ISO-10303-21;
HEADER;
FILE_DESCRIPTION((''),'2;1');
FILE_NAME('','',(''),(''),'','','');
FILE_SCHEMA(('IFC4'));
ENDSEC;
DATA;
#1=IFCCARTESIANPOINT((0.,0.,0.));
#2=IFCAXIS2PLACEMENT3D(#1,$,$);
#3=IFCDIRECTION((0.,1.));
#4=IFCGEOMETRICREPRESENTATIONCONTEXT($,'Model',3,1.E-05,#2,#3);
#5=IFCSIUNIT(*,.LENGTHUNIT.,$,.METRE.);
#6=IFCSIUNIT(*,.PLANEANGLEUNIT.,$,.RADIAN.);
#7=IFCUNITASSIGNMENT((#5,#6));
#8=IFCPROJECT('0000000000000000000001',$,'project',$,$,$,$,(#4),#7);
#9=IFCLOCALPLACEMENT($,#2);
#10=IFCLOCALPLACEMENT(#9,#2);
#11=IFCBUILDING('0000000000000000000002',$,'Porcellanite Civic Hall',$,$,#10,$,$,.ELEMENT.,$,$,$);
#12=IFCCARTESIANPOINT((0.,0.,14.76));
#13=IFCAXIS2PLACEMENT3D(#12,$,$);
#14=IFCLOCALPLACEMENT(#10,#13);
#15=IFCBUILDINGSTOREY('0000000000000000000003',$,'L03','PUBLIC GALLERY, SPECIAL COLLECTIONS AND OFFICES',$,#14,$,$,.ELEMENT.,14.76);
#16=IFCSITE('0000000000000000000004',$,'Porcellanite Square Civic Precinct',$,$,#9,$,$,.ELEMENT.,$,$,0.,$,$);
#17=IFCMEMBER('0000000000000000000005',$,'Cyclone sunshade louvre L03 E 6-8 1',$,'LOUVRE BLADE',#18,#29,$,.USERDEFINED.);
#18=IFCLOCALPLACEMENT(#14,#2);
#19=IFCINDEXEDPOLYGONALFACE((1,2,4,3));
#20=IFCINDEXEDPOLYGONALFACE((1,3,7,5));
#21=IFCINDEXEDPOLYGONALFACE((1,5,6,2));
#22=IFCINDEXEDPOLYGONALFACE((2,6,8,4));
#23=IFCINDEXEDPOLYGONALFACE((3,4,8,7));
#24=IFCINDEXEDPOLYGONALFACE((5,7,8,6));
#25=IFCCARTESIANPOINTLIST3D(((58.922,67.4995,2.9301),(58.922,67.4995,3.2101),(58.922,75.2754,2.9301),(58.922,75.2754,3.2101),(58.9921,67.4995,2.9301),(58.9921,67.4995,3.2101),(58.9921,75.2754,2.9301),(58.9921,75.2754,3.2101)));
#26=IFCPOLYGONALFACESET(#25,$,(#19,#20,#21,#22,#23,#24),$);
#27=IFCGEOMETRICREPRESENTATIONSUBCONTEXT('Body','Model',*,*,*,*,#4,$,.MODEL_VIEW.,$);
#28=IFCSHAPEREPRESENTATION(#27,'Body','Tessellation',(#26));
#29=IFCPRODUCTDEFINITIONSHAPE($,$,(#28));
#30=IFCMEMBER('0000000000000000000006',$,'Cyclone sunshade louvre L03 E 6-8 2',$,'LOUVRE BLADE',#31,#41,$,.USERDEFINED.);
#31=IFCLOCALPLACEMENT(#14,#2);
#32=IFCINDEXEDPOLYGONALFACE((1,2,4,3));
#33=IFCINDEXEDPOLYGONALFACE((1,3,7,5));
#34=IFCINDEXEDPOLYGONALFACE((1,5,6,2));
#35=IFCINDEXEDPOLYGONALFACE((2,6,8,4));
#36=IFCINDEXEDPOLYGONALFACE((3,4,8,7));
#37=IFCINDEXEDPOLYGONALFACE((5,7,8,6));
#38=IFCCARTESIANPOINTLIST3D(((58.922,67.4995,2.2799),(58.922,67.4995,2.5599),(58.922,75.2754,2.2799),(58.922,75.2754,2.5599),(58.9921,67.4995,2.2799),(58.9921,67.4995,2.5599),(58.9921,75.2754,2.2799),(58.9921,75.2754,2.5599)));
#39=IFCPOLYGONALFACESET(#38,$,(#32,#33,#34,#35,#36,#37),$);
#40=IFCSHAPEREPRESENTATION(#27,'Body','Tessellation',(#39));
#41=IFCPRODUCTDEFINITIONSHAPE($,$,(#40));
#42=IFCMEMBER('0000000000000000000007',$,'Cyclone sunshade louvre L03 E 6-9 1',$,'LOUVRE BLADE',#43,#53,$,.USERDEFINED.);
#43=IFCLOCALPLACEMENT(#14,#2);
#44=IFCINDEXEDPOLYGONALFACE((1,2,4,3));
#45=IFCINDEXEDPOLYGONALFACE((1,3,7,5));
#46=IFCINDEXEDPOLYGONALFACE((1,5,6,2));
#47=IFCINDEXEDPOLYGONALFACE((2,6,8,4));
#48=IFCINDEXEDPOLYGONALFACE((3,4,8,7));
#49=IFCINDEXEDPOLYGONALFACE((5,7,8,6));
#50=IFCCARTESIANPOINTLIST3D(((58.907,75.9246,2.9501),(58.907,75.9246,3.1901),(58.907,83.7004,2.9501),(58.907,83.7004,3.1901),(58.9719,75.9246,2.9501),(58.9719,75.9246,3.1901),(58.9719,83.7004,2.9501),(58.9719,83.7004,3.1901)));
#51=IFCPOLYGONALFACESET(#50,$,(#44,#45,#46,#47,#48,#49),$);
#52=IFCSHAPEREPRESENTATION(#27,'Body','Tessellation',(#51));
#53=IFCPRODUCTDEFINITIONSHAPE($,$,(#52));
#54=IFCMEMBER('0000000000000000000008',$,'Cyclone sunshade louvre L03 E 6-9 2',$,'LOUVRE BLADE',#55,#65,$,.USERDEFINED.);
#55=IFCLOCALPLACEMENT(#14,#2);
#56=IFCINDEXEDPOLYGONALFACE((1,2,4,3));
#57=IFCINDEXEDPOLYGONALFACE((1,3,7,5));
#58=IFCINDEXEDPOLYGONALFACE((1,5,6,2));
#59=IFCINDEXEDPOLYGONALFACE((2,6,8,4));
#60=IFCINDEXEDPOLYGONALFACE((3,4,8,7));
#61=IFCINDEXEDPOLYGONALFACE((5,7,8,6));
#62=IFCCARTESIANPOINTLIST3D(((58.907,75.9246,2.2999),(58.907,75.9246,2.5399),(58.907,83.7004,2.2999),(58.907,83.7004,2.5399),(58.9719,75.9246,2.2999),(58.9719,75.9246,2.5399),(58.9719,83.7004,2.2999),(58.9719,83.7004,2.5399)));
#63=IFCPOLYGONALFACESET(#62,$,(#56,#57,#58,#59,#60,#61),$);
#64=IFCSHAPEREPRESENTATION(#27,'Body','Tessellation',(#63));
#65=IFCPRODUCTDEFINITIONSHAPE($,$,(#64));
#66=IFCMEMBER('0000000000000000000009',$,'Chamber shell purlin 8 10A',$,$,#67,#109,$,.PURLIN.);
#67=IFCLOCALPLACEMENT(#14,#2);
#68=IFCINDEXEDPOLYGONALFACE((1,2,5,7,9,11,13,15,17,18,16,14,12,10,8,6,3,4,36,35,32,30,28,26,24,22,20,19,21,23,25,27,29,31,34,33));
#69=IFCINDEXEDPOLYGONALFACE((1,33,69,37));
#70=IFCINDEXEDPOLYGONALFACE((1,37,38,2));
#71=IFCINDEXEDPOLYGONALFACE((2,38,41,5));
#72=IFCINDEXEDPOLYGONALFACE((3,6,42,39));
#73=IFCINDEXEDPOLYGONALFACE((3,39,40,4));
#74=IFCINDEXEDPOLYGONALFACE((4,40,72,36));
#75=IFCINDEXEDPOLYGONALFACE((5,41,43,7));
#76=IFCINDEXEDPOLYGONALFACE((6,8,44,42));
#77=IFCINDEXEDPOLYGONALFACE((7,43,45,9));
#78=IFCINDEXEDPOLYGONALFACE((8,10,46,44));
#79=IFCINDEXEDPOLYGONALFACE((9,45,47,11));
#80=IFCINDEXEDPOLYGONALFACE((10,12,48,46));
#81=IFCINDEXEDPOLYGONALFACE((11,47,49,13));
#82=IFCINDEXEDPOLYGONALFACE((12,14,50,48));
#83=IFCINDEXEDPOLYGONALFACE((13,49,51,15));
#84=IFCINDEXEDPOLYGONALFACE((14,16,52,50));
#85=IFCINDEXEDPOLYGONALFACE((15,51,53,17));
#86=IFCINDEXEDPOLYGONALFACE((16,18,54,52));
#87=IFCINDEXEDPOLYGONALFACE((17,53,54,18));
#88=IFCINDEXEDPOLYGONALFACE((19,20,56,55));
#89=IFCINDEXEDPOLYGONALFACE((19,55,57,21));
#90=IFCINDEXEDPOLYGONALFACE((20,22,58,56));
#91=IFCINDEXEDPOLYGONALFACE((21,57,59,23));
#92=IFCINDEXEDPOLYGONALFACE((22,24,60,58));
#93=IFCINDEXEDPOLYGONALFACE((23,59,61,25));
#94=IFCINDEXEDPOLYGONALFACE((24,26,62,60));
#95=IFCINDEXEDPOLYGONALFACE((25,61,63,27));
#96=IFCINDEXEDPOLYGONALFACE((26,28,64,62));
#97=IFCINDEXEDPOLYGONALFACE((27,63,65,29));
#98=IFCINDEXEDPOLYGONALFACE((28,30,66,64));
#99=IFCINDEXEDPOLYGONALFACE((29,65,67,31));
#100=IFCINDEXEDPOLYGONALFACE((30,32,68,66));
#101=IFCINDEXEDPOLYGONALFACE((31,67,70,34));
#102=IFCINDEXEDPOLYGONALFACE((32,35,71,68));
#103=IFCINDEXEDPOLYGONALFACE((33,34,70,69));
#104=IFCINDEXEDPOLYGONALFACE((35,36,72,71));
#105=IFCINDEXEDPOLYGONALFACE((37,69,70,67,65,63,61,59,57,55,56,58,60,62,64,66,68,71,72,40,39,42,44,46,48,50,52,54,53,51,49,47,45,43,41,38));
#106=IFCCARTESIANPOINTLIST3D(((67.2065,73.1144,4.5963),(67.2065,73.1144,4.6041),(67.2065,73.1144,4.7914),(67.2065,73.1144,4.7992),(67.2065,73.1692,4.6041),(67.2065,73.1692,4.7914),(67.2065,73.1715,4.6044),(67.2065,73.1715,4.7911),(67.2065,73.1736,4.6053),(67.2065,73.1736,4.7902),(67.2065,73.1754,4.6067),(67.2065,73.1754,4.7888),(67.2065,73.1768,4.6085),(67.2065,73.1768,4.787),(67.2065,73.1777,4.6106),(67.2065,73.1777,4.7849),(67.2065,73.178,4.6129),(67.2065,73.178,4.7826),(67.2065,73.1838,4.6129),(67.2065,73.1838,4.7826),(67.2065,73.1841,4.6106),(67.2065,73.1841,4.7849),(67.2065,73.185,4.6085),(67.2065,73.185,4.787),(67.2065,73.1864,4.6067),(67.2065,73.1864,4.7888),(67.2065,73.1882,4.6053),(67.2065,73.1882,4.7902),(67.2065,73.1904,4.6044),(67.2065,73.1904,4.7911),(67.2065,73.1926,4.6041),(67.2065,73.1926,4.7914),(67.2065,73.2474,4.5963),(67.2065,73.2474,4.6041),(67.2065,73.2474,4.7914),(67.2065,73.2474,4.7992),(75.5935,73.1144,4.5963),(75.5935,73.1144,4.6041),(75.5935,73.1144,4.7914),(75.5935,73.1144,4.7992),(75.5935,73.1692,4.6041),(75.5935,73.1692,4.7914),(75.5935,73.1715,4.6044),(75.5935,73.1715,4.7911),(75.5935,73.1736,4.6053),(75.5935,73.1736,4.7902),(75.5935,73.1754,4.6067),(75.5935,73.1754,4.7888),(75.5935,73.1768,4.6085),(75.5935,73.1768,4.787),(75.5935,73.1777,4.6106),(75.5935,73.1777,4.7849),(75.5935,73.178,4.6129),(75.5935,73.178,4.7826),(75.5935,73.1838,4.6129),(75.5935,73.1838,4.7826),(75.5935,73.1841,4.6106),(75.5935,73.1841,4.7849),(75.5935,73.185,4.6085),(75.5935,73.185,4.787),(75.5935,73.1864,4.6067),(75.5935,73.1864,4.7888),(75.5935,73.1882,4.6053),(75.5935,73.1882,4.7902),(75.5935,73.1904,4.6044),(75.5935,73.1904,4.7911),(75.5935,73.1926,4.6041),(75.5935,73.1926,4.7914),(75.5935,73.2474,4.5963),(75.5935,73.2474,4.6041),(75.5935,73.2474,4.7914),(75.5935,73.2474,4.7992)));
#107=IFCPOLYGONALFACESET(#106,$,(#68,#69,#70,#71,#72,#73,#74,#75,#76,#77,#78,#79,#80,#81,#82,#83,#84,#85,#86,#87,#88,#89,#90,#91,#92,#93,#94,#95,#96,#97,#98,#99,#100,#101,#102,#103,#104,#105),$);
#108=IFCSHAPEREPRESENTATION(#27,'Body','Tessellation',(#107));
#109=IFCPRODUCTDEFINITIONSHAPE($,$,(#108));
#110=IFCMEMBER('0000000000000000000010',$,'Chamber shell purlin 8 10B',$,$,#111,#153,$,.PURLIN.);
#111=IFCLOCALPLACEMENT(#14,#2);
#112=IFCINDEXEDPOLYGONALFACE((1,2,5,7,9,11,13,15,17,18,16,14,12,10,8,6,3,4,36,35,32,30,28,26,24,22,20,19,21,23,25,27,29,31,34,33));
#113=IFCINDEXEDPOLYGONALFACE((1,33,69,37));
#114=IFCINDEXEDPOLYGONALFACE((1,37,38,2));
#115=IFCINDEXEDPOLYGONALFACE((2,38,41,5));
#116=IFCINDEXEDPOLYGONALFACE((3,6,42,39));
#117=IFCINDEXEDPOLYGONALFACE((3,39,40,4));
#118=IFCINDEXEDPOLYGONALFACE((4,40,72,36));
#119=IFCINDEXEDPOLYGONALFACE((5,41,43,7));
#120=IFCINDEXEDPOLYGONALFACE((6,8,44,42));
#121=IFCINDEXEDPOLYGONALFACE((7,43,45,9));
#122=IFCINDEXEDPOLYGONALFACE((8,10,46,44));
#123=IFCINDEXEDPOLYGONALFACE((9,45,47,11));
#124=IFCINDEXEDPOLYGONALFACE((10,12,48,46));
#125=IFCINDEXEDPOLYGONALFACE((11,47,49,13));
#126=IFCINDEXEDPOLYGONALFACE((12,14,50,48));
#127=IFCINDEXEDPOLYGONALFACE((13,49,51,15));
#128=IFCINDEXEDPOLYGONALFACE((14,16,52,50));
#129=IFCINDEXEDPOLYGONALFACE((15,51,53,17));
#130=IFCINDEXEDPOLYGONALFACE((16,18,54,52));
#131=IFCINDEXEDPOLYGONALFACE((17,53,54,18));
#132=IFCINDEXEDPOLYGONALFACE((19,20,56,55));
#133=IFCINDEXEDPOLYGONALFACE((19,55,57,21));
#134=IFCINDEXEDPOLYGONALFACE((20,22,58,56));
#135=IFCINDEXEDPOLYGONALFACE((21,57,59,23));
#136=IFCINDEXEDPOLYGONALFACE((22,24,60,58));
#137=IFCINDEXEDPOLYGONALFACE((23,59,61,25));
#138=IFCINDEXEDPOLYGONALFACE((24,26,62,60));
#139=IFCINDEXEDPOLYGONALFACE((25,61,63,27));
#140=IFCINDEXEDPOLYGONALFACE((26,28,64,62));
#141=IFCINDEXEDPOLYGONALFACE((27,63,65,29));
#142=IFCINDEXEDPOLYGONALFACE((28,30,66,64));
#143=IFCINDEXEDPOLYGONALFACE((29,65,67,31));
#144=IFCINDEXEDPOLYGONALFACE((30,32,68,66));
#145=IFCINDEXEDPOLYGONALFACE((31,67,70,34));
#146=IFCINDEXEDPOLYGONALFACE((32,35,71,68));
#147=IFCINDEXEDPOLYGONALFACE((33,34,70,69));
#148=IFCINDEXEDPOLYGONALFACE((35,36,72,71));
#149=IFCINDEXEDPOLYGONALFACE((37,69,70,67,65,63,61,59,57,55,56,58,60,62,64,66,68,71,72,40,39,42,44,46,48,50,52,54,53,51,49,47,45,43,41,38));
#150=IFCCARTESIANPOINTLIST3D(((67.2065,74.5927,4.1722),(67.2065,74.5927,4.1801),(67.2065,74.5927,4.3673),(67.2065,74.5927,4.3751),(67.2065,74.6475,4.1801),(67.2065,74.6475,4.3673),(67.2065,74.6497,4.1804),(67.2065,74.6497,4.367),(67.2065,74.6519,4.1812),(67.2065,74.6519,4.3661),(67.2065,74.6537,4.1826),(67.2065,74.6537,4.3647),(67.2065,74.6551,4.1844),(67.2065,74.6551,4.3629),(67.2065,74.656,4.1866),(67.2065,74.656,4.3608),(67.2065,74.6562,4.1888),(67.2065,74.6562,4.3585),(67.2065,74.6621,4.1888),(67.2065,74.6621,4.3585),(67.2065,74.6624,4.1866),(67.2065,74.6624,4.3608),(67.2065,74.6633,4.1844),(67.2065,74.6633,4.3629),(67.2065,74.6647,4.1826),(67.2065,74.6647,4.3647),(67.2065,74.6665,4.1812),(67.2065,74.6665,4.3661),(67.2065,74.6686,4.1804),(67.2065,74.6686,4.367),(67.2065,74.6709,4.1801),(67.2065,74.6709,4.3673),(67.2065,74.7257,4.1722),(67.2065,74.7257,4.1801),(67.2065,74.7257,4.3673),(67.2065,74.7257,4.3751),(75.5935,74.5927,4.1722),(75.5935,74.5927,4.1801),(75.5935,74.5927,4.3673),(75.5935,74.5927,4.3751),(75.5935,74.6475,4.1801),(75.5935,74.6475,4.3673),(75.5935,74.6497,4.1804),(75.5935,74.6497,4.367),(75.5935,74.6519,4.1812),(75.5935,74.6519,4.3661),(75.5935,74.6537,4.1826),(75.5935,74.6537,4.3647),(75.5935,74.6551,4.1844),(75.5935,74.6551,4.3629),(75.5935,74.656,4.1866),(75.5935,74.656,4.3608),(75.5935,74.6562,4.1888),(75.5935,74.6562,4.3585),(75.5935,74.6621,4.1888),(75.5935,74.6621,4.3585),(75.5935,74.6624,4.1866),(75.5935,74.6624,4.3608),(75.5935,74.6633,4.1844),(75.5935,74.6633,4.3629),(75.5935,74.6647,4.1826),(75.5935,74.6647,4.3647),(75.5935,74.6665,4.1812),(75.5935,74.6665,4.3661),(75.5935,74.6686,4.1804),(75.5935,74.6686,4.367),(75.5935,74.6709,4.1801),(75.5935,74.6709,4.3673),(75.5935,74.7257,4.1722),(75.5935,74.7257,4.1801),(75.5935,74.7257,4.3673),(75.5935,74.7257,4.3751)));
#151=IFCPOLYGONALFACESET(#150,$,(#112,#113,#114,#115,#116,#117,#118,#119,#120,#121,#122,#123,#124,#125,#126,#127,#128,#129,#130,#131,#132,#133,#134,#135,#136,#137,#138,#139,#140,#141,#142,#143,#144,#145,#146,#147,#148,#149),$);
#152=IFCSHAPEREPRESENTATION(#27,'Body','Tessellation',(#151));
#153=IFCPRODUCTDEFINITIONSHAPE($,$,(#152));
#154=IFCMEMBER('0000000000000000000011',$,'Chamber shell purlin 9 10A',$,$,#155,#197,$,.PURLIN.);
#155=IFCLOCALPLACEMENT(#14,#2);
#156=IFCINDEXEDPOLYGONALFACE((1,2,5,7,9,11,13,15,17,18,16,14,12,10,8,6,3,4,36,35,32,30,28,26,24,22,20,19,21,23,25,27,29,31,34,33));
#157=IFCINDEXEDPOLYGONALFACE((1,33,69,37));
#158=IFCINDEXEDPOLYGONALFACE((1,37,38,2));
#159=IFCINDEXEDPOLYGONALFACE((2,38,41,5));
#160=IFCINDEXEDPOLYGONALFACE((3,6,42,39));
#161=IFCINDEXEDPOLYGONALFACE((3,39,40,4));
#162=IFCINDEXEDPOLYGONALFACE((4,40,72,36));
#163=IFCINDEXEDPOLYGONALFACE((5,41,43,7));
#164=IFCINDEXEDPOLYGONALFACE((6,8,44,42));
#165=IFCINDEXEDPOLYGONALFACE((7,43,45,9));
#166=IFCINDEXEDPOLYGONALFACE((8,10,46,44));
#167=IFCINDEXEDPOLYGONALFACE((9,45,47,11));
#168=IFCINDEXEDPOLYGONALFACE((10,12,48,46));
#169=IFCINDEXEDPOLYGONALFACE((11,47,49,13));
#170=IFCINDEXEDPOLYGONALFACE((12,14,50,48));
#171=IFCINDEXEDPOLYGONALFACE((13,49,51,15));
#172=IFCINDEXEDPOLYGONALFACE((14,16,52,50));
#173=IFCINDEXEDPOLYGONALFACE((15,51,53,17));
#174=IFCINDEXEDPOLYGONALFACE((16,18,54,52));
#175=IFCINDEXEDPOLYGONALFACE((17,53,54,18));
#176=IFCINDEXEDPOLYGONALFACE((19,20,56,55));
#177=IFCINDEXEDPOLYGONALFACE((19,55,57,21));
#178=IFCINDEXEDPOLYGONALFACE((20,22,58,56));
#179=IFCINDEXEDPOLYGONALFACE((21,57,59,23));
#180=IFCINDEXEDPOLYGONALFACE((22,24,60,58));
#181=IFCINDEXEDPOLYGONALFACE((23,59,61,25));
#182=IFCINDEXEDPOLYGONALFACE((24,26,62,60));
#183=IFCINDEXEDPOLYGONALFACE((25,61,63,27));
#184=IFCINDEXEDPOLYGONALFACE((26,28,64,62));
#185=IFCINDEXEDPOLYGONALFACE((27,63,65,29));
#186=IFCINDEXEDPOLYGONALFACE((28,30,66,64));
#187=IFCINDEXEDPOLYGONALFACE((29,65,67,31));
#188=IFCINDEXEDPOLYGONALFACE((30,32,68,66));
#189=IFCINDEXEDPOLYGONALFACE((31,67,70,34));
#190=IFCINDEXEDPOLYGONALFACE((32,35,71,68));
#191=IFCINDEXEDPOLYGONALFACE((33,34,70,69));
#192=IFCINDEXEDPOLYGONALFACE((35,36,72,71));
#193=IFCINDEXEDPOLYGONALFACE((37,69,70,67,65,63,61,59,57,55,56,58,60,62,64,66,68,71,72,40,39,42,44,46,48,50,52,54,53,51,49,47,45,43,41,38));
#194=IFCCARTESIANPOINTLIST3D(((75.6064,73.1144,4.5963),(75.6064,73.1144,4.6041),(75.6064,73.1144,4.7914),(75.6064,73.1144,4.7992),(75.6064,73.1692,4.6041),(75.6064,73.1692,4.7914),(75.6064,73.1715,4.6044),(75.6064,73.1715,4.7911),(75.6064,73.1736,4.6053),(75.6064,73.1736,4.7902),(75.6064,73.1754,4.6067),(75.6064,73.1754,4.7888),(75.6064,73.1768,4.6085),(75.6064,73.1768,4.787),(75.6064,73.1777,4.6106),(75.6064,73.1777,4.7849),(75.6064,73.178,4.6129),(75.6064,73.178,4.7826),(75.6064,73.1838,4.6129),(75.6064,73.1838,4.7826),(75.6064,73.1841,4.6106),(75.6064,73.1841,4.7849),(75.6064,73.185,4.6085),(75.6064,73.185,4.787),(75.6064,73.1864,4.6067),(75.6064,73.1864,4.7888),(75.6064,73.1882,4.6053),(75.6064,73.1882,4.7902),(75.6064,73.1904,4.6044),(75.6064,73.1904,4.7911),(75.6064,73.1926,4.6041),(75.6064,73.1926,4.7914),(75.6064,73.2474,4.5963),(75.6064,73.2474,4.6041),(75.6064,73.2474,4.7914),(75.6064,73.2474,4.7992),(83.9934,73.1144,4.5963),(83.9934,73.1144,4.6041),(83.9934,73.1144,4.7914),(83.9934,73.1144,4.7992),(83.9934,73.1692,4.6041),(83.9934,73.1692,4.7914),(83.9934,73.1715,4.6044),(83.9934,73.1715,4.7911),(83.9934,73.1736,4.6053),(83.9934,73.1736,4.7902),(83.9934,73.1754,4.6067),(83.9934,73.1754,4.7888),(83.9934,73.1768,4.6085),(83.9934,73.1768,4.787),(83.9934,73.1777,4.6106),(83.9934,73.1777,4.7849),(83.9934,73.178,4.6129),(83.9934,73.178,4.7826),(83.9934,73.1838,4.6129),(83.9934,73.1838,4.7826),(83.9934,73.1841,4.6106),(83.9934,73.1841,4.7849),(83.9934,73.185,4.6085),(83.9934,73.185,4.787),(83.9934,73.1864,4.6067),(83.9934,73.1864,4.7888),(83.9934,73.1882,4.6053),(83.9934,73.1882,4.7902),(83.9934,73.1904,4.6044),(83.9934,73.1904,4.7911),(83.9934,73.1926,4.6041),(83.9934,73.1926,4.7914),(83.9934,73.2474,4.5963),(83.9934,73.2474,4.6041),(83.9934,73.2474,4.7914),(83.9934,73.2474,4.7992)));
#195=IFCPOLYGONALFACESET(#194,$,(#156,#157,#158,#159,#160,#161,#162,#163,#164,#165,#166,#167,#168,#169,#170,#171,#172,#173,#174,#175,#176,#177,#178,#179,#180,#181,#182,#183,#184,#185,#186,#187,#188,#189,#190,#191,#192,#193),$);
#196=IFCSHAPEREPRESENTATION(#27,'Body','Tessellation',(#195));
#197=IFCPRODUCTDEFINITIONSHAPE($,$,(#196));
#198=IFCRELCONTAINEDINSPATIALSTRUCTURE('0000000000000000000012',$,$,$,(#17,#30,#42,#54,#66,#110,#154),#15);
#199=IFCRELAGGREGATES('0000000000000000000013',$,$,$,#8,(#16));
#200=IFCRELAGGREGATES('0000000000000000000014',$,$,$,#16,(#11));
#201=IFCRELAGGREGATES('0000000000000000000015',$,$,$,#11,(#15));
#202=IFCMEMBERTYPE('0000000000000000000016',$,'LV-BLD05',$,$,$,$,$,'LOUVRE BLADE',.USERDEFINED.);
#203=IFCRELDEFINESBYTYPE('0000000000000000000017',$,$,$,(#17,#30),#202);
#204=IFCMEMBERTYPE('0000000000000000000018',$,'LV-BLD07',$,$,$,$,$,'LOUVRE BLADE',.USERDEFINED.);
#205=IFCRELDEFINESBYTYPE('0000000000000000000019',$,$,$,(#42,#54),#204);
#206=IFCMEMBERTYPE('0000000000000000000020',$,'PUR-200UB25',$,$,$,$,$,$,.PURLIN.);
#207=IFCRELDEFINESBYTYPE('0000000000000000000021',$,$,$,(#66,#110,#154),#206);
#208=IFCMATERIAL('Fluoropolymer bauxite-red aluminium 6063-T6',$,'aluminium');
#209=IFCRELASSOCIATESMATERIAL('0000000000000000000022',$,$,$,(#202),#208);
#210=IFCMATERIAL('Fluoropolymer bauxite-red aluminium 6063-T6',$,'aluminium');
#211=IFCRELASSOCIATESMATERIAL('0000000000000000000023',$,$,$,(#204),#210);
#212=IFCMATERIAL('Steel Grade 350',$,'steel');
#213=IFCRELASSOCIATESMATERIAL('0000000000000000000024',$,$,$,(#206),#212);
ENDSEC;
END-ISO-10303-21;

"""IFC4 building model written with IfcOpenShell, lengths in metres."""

from ifc_helpers import new_model, si_unit, direction, frame, origin, origin_2d, place, context, subcontext, project, spatial, rectangle, i_section, extrude, material, material_profile, profile_set, type_object, element, save


model = new_model("IFC4")

# Units and contexts
model_context = context("Model", 3, precision=1e-05, world=origin(), true_north=direction((0.0, 1.0)))
body_context = subcontext(model_context, "Body", "Model", "MODEL_VIEW")
ifc_project = project(units=[si_unit("LENGTHUNIT", "METRE"), si_unit("PLANEANGLEUNIT", "RADIAN")], contexts=[model_context])

# Site, building, storey
site_placement = place(None, origin())
site = spatial("IfcSite", under=ifc_project, at=site_placement, Name="Porcellanite Square Civic Precinct", CompositionType="ELEMENT", RefElevation=0.0)
building_placement = place(site_placement, origin())
building = spatial("IfcBuilding", under=site, at=building_placement, Name="Porcellanite Civic Hall", CompositionType="ELEMENT")
storey_placement = place(building_placement, frame((0.0, 0.0, 14.76)))
storey = spatial("IfcBuildingStorey", under=building, at=storey_placement, Name="L03", Description="PUBLIC GALLERY, SPECIAL COLLECTIONS AND OFFICES", CompositionType="ELEMENT", Elevation=14.76)

# Members
ifc_material_1 = material(Name="Fluoropolymer bauxite-red aluminium 6063-T6", Category="aluminium")
ifc_material_profile_1 = material_profile(ifc_material_1, rectangle(XDim=0.0701, YDim=0.28, at=origin_2d()), Name="AL-70x280")
ifc_profile_set_1 = profile_set([ifc_material_profile_1], Name="Fluoropolymer bauxite-red aluminium 6063-T6")
member_type_1 = type_object("IfcMemberType", Name="LV-BLD05", ElementType="LOUVRE BLADE", PredefinedType="USERDEFINED", material=ifc_profile_set_1)
for number, where, z_axis, x_axis, name in (
    (1, (58.957, 75.2754, 3.0701), (0.0, -1.0, 0.0), (1.0, 0.0, 0.0), "Cyclone sunshade louvre L03 E 6-8 1"),
    (2, (58.957, 75.2754, 2.4199), (0.0, -1.0, 0.0), (1.0, 0.0, 0.0), "Cyclone sunshade louvre L03 E 6-8 2"),
):
    element("IfcMember", number, at=place(storey_placement, frame(where, z_axis=z_axis, x_axis=x_axis)), inside=storey, type_object=member_type_1, Name=name, ObjectType="LOUVRE BLADE", PredefinedType="USERDEFINED", context=body_context, shape_type="SweptSolid", body=[
        extrude(rectangle(XDim=0.0701, YDim=0.28, at=origin_2d()), origin(), (0.0, 0.0, 1.0), 7.7759),
    ])
ifc_material_2 = material(Name="Fluoropolymer bauxite-red aluminium 6063-T6", Category="aluminium")
ifc_material_profile_2 = material_profile(ifc_material_2, rectangle(XDim=0.0649, YDim=0.24, at=origin_2d()), Name="AL-65x240")
ifc_profile_set_2 = profile_set([ifc_material_profile_2], Name="Fluoropolymer bauxite-red aluminium 6063-T6")
member_type_2 = type_object("IfcMemberType", Name="LV-BLD07", ElementType="LOUVRE BLADE", PredefinedType="USERDEFINED", material=ifc_profile_set_2)
for number, where, z_axis, x_axis, name in (
    (3, (58.9395, 83.7004, 3.0701), (0.0, -1.0, 0.0), (1.0, 0.0, 0.0), "Cyclone sunshade louvre L03 E 6-9 1"),
    (4, (58.9395, 83.7004, 2.4199), (0.0, -1.0, 0.0), (1.0, 0.0, 0.0), "Cyclone sunshade louvre L03 E 6-9 2"),
):
    element("IfcMember", number, at=place(storey_placement, frame(where, z_axis=z_axis, x_axis=x_axis)), inside=storey, type_object=member_type_2, Name=name, ObjectType="LOUVRE BLADE", PredefinedType="USERDEFINED", context=body_context, shape_type="SweptSolid", body=[
        extrude(rectangle(XDim=0.0649, YDim=0.24, at=origin_2d()), origin(), (0.0, 0.0, 1.0), 7.7759),
    ])
ifc_material_3 = material(Name="Steel Grade 350", Category="steel")
ifc_material_profile_3 = material_profile(ifc_material_3, i_section(OverallWidth=0.1331, OverallDepth=0.2029, WebThickness=0.0059, FlangeThickness=0.0078, FilletRadius=0.0088, at=origin_2d()), Name="200UB25.4")
ifc_profile_set_3 = profile_set([ifc_material_profile_3], Name="Steel Grade 350")
member_type_3 = type_object("IfcMemberType", Name="PUR-200UB25", PredefinedType="PURLIN", material=ifc_profile_set_3)
for number, where, z_axis, x_axis, name in (
    (5, (67.2065, 73.1809, 4.6978), (1.0, 0.0, 0.0), (0.0, 1.0, 0.0), "Chamber shell purlin 8 10A"),
    (6, (67.2065, 74.6592, 4.2737), (1.0, 0.0, 0.0), (0.0, 1.0, 0.0), "Chamber shell purlin 8 10B"),
    (7, (75.6064, 73.1809, 4.6978), (1.0, 0.0, 0.0), (0.0, 1.0, 0.0), "Chamber shell purlin 9 10A"),
):
    element("IfcMember", number, at=place(storey_placement, frame(where, z_axis=z_axis, x_axis=x_axis)), inside=storey, type_object=member_type_3, Name=name, PredefinedType="PURLIN", context=body_context, shape_type="SweptSolid", body=[
        extrude(i_section(OverallWidth=0.1331, OverallDepth=0.2029, WebThickness=0.0059, FlangeThickness=0.0078, FilletRadius=0.0088, at=origin_2d()), origin(), (0.0, 0.0, 1.0), 8.387),
    ])

save(model, "model.ifc")
